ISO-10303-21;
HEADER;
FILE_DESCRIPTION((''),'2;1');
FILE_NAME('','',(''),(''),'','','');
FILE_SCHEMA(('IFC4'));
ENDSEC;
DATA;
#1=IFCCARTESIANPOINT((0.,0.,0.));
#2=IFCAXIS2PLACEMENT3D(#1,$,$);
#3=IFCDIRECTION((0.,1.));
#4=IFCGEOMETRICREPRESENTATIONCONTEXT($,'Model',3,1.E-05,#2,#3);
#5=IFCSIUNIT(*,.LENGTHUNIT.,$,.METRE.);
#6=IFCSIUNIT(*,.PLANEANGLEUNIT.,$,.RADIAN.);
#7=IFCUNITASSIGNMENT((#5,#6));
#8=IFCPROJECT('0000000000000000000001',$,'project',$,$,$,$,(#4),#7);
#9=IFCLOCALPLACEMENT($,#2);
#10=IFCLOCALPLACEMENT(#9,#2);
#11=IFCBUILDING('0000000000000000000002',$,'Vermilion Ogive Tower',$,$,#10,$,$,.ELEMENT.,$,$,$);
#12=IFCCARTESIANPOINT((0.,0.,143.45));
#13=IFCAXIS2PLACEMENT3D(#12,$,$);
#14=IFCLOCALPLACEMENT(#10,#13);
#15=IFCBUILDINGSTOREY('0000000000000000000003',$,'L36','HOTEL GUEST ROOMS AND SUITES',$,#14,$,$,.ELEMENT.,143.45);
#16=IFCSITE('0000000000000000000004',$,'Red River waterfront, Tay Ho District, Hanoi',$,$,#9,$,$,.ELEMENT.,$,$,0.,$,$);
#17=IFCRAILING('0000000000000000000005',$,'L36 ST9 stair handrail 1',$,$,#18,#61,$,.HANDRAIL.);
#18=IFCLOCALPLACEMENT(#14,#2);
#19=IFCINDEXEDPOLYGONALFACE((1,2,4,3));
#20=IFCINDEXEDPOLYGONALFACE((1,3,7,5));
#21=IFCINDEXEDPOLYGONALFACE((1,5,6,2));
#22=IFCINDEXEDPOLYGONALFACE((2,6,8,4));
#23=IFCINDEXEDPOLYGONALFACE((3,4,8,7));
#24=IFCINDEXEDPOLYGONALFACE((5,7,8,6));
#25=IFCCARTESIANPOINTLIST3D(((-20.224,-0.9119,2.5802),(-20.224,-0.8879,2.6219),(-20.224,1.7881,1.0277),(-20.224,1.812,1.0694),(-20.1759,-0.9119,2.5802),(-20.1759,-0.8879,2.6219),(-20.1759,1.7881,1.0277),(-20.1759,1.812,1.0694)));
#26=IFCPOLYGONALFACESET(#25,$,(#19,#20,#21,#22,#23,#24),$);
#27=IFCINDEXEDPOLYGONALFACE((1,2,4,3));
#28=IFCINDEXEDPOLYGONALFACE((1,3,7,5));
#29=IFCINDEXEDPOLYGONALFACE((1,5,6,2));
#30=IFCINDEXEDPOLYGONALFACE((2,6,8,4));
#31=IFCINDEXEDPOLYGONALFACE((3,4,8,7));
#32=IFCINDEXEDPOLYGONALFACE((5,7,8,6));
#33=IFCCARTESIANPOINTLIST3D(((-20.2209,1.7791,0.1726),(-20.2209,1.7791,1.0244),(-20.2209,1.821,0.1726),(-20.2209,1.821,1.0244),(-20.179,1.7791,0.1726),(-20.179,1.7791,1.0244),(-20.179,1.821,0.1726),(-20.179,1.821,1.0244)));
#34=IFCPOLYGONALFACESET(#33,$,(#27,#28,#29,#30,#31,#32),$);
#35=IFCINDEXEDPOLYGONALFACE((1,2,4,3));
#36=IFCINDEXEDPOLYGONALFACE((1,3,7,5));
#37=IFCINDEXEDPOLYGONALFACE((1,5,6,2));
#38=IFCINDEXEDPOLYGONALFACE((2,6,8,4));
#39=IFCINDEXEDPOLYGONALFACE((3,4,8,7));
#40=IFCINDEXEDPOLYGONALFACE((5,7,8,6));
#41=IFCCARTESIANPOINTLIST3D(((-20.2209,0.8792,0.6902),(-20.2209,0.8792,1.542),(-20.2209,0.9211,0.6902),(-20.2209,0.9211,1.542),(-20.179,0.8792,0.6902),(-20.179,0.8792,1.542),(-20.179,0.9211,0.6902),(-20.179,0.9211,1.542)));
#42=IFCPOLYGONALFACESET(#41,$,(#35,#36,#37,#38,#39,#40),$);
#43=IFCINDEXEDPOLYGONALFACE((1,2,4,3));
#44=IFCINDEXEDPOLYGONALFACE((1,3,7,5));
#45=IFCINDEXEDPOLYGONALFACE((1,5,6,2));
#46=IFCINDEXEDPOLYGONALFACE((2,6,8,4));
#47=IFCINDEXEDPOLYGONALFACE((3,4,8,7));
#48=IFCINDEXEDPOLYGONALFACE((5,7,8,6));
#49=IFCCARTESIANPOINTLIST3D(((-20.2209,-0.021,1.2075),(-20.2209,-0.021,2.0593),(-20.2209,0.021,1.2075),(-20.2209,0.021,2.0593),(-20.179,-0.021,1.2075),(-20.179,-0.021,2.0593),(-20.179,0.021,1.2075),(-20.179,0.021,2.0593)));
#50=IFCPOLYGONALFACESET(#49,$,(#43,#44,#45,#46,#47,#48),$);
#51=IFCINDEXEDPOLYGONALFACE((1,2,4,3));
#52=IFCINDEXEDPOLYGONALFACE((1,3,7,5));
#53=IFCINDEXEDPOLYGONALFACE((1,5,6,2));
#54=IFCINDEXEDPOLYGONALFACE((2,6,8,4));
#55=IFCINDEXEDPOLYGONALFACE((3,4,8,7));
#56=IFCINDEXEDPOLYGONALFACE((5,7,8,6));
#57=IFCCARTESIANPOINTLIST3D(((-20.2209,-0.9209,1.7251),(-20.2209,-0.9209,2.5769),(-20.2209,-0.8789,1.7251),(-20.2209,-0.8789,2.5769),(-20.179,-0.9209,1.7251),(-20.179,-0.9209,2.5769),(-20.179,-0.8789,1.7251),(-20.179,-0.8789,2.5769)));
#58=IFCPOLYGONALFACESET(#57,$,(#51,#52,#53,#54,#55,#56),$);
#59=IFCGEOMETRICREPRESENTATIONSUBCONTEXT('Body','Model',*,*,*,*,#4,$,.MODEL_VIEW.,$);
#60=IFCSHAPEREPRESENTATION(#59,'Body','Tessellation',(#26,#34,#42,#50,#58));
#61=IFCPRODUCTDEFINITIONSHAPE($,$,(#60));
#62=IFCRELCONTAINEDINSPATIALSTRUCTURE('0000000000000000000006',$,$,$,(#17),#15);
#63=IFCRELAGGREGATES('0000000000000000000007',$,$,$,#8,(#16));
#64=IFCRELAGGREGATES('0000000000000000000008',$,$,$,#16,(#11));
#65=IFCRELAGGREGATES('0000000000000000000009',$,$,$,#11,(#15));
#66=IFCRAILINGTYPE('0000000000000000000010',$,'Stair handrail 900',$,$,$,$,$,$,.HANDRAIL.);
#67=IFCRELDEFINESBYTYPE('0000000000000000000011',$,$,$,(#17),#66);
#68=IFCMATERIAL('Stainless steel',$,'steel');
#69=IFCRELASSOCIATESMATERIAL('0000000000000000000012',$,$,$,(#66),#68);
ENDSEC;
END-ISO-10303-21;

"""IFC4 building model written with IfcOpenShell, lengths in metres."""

from ifc_helpers import new_model, si_unit, direction, frame, origin, origin_2d, place, context, subcontext, project, spatial, rectangle, extrude, material, type_object, element, save


model = new_model("IFC4")

# Units and contexts
model_context = context("Model", 3, precision=1e-05, world=origin(), true_north=direction((0.0, 1.0)))
body_context = subcontext(model_context, "Body", "Model", "MODEL_VIEW")
ifc_project = project(units=[si_unit("LENGTHUNIT", "METRE"), si_unit("PLANEANGLEUNIT", "RADIAN")], contexts=[model_context])

# Site, building, storey
site_placement = place(None, origin())
site = spatial("IfcSite", under=ifc_project, at=site_placement, Name="Red River waterfront, Tay Ho District, Hanoi", CompositionType="ELEMENT", RefElevation=0.0)
building_placement = place(site_placement, origin())
building = spatial("IfcBuilding", under=site, at=building_placement, Name="Vermilion Ogive Tower", CompositionType="ELEMENT")
storey_placement = place(building_placement, frame((0.0, 0.0, 143.45)))
storey = spatial("IfcBuildingStorey", under=building, at=storey_placement, Name="L36", Description="HOTEL GUEST ROOMS AND SUITES", CompositionType="ELEMENT", Elevation=143.45)

# Railing
ifc_material_1 = material(Name="Stainless steel", Category="steel")
railing_type_1 = type_object("IfcRailingType", Name="Stair handrail 900", PredefinedType="HANDRAIL", material=ifc_material_1)
railing_1_placement = place(storey_placement, frame((-20.2, 1.8, 0.1726)))
element("IfcRailing", 1, at=railing_1_placement, inside=storey, type_object=railing_type_1, Name="L36 ST9 stair handrail 1", PredefinedType="HANDRAIL", context=body_context, shape_type="SweptSolid", body=[
    extrude(rectangle(XDim=0.0481, YDim=0.0481, at=origin_2d()), frame((0.0, 0.0, 0.876), z_axis=(0.0, -0.866904, 0.498476), x_axis=(1.0, 0.0, 0.0)), (0.0, 0.0, 1.0), 3.1145),
    extrude(rectangle(XDim=0.042, YDim=0.042, at=origin_2d()), origin(), (0.0, 0.0, 1.0), 0.8518),
    extrude(rectangle(XDim=0.042, YDim=0.042, at=origin_2d()), frame((0.0, -0.8999, 0.5176)), (0.0, 0.0, 1.0), 0.8518),
    extrude(rectangle(XDim=0.042, YDim=0.042, at=origin_2d()), frame((0.0, -1.8, 1.0349)), (0.0, 0.0, 1.0), 0.8518),
    extrude(rectangle(XDim=0.042, YDim=0.042, at=origin_2d()), frame((0.0, -2.7, 1.5525)), (0.0, 0.0, 1.0), 0.8518),
])

save(model, "model.ifc")
